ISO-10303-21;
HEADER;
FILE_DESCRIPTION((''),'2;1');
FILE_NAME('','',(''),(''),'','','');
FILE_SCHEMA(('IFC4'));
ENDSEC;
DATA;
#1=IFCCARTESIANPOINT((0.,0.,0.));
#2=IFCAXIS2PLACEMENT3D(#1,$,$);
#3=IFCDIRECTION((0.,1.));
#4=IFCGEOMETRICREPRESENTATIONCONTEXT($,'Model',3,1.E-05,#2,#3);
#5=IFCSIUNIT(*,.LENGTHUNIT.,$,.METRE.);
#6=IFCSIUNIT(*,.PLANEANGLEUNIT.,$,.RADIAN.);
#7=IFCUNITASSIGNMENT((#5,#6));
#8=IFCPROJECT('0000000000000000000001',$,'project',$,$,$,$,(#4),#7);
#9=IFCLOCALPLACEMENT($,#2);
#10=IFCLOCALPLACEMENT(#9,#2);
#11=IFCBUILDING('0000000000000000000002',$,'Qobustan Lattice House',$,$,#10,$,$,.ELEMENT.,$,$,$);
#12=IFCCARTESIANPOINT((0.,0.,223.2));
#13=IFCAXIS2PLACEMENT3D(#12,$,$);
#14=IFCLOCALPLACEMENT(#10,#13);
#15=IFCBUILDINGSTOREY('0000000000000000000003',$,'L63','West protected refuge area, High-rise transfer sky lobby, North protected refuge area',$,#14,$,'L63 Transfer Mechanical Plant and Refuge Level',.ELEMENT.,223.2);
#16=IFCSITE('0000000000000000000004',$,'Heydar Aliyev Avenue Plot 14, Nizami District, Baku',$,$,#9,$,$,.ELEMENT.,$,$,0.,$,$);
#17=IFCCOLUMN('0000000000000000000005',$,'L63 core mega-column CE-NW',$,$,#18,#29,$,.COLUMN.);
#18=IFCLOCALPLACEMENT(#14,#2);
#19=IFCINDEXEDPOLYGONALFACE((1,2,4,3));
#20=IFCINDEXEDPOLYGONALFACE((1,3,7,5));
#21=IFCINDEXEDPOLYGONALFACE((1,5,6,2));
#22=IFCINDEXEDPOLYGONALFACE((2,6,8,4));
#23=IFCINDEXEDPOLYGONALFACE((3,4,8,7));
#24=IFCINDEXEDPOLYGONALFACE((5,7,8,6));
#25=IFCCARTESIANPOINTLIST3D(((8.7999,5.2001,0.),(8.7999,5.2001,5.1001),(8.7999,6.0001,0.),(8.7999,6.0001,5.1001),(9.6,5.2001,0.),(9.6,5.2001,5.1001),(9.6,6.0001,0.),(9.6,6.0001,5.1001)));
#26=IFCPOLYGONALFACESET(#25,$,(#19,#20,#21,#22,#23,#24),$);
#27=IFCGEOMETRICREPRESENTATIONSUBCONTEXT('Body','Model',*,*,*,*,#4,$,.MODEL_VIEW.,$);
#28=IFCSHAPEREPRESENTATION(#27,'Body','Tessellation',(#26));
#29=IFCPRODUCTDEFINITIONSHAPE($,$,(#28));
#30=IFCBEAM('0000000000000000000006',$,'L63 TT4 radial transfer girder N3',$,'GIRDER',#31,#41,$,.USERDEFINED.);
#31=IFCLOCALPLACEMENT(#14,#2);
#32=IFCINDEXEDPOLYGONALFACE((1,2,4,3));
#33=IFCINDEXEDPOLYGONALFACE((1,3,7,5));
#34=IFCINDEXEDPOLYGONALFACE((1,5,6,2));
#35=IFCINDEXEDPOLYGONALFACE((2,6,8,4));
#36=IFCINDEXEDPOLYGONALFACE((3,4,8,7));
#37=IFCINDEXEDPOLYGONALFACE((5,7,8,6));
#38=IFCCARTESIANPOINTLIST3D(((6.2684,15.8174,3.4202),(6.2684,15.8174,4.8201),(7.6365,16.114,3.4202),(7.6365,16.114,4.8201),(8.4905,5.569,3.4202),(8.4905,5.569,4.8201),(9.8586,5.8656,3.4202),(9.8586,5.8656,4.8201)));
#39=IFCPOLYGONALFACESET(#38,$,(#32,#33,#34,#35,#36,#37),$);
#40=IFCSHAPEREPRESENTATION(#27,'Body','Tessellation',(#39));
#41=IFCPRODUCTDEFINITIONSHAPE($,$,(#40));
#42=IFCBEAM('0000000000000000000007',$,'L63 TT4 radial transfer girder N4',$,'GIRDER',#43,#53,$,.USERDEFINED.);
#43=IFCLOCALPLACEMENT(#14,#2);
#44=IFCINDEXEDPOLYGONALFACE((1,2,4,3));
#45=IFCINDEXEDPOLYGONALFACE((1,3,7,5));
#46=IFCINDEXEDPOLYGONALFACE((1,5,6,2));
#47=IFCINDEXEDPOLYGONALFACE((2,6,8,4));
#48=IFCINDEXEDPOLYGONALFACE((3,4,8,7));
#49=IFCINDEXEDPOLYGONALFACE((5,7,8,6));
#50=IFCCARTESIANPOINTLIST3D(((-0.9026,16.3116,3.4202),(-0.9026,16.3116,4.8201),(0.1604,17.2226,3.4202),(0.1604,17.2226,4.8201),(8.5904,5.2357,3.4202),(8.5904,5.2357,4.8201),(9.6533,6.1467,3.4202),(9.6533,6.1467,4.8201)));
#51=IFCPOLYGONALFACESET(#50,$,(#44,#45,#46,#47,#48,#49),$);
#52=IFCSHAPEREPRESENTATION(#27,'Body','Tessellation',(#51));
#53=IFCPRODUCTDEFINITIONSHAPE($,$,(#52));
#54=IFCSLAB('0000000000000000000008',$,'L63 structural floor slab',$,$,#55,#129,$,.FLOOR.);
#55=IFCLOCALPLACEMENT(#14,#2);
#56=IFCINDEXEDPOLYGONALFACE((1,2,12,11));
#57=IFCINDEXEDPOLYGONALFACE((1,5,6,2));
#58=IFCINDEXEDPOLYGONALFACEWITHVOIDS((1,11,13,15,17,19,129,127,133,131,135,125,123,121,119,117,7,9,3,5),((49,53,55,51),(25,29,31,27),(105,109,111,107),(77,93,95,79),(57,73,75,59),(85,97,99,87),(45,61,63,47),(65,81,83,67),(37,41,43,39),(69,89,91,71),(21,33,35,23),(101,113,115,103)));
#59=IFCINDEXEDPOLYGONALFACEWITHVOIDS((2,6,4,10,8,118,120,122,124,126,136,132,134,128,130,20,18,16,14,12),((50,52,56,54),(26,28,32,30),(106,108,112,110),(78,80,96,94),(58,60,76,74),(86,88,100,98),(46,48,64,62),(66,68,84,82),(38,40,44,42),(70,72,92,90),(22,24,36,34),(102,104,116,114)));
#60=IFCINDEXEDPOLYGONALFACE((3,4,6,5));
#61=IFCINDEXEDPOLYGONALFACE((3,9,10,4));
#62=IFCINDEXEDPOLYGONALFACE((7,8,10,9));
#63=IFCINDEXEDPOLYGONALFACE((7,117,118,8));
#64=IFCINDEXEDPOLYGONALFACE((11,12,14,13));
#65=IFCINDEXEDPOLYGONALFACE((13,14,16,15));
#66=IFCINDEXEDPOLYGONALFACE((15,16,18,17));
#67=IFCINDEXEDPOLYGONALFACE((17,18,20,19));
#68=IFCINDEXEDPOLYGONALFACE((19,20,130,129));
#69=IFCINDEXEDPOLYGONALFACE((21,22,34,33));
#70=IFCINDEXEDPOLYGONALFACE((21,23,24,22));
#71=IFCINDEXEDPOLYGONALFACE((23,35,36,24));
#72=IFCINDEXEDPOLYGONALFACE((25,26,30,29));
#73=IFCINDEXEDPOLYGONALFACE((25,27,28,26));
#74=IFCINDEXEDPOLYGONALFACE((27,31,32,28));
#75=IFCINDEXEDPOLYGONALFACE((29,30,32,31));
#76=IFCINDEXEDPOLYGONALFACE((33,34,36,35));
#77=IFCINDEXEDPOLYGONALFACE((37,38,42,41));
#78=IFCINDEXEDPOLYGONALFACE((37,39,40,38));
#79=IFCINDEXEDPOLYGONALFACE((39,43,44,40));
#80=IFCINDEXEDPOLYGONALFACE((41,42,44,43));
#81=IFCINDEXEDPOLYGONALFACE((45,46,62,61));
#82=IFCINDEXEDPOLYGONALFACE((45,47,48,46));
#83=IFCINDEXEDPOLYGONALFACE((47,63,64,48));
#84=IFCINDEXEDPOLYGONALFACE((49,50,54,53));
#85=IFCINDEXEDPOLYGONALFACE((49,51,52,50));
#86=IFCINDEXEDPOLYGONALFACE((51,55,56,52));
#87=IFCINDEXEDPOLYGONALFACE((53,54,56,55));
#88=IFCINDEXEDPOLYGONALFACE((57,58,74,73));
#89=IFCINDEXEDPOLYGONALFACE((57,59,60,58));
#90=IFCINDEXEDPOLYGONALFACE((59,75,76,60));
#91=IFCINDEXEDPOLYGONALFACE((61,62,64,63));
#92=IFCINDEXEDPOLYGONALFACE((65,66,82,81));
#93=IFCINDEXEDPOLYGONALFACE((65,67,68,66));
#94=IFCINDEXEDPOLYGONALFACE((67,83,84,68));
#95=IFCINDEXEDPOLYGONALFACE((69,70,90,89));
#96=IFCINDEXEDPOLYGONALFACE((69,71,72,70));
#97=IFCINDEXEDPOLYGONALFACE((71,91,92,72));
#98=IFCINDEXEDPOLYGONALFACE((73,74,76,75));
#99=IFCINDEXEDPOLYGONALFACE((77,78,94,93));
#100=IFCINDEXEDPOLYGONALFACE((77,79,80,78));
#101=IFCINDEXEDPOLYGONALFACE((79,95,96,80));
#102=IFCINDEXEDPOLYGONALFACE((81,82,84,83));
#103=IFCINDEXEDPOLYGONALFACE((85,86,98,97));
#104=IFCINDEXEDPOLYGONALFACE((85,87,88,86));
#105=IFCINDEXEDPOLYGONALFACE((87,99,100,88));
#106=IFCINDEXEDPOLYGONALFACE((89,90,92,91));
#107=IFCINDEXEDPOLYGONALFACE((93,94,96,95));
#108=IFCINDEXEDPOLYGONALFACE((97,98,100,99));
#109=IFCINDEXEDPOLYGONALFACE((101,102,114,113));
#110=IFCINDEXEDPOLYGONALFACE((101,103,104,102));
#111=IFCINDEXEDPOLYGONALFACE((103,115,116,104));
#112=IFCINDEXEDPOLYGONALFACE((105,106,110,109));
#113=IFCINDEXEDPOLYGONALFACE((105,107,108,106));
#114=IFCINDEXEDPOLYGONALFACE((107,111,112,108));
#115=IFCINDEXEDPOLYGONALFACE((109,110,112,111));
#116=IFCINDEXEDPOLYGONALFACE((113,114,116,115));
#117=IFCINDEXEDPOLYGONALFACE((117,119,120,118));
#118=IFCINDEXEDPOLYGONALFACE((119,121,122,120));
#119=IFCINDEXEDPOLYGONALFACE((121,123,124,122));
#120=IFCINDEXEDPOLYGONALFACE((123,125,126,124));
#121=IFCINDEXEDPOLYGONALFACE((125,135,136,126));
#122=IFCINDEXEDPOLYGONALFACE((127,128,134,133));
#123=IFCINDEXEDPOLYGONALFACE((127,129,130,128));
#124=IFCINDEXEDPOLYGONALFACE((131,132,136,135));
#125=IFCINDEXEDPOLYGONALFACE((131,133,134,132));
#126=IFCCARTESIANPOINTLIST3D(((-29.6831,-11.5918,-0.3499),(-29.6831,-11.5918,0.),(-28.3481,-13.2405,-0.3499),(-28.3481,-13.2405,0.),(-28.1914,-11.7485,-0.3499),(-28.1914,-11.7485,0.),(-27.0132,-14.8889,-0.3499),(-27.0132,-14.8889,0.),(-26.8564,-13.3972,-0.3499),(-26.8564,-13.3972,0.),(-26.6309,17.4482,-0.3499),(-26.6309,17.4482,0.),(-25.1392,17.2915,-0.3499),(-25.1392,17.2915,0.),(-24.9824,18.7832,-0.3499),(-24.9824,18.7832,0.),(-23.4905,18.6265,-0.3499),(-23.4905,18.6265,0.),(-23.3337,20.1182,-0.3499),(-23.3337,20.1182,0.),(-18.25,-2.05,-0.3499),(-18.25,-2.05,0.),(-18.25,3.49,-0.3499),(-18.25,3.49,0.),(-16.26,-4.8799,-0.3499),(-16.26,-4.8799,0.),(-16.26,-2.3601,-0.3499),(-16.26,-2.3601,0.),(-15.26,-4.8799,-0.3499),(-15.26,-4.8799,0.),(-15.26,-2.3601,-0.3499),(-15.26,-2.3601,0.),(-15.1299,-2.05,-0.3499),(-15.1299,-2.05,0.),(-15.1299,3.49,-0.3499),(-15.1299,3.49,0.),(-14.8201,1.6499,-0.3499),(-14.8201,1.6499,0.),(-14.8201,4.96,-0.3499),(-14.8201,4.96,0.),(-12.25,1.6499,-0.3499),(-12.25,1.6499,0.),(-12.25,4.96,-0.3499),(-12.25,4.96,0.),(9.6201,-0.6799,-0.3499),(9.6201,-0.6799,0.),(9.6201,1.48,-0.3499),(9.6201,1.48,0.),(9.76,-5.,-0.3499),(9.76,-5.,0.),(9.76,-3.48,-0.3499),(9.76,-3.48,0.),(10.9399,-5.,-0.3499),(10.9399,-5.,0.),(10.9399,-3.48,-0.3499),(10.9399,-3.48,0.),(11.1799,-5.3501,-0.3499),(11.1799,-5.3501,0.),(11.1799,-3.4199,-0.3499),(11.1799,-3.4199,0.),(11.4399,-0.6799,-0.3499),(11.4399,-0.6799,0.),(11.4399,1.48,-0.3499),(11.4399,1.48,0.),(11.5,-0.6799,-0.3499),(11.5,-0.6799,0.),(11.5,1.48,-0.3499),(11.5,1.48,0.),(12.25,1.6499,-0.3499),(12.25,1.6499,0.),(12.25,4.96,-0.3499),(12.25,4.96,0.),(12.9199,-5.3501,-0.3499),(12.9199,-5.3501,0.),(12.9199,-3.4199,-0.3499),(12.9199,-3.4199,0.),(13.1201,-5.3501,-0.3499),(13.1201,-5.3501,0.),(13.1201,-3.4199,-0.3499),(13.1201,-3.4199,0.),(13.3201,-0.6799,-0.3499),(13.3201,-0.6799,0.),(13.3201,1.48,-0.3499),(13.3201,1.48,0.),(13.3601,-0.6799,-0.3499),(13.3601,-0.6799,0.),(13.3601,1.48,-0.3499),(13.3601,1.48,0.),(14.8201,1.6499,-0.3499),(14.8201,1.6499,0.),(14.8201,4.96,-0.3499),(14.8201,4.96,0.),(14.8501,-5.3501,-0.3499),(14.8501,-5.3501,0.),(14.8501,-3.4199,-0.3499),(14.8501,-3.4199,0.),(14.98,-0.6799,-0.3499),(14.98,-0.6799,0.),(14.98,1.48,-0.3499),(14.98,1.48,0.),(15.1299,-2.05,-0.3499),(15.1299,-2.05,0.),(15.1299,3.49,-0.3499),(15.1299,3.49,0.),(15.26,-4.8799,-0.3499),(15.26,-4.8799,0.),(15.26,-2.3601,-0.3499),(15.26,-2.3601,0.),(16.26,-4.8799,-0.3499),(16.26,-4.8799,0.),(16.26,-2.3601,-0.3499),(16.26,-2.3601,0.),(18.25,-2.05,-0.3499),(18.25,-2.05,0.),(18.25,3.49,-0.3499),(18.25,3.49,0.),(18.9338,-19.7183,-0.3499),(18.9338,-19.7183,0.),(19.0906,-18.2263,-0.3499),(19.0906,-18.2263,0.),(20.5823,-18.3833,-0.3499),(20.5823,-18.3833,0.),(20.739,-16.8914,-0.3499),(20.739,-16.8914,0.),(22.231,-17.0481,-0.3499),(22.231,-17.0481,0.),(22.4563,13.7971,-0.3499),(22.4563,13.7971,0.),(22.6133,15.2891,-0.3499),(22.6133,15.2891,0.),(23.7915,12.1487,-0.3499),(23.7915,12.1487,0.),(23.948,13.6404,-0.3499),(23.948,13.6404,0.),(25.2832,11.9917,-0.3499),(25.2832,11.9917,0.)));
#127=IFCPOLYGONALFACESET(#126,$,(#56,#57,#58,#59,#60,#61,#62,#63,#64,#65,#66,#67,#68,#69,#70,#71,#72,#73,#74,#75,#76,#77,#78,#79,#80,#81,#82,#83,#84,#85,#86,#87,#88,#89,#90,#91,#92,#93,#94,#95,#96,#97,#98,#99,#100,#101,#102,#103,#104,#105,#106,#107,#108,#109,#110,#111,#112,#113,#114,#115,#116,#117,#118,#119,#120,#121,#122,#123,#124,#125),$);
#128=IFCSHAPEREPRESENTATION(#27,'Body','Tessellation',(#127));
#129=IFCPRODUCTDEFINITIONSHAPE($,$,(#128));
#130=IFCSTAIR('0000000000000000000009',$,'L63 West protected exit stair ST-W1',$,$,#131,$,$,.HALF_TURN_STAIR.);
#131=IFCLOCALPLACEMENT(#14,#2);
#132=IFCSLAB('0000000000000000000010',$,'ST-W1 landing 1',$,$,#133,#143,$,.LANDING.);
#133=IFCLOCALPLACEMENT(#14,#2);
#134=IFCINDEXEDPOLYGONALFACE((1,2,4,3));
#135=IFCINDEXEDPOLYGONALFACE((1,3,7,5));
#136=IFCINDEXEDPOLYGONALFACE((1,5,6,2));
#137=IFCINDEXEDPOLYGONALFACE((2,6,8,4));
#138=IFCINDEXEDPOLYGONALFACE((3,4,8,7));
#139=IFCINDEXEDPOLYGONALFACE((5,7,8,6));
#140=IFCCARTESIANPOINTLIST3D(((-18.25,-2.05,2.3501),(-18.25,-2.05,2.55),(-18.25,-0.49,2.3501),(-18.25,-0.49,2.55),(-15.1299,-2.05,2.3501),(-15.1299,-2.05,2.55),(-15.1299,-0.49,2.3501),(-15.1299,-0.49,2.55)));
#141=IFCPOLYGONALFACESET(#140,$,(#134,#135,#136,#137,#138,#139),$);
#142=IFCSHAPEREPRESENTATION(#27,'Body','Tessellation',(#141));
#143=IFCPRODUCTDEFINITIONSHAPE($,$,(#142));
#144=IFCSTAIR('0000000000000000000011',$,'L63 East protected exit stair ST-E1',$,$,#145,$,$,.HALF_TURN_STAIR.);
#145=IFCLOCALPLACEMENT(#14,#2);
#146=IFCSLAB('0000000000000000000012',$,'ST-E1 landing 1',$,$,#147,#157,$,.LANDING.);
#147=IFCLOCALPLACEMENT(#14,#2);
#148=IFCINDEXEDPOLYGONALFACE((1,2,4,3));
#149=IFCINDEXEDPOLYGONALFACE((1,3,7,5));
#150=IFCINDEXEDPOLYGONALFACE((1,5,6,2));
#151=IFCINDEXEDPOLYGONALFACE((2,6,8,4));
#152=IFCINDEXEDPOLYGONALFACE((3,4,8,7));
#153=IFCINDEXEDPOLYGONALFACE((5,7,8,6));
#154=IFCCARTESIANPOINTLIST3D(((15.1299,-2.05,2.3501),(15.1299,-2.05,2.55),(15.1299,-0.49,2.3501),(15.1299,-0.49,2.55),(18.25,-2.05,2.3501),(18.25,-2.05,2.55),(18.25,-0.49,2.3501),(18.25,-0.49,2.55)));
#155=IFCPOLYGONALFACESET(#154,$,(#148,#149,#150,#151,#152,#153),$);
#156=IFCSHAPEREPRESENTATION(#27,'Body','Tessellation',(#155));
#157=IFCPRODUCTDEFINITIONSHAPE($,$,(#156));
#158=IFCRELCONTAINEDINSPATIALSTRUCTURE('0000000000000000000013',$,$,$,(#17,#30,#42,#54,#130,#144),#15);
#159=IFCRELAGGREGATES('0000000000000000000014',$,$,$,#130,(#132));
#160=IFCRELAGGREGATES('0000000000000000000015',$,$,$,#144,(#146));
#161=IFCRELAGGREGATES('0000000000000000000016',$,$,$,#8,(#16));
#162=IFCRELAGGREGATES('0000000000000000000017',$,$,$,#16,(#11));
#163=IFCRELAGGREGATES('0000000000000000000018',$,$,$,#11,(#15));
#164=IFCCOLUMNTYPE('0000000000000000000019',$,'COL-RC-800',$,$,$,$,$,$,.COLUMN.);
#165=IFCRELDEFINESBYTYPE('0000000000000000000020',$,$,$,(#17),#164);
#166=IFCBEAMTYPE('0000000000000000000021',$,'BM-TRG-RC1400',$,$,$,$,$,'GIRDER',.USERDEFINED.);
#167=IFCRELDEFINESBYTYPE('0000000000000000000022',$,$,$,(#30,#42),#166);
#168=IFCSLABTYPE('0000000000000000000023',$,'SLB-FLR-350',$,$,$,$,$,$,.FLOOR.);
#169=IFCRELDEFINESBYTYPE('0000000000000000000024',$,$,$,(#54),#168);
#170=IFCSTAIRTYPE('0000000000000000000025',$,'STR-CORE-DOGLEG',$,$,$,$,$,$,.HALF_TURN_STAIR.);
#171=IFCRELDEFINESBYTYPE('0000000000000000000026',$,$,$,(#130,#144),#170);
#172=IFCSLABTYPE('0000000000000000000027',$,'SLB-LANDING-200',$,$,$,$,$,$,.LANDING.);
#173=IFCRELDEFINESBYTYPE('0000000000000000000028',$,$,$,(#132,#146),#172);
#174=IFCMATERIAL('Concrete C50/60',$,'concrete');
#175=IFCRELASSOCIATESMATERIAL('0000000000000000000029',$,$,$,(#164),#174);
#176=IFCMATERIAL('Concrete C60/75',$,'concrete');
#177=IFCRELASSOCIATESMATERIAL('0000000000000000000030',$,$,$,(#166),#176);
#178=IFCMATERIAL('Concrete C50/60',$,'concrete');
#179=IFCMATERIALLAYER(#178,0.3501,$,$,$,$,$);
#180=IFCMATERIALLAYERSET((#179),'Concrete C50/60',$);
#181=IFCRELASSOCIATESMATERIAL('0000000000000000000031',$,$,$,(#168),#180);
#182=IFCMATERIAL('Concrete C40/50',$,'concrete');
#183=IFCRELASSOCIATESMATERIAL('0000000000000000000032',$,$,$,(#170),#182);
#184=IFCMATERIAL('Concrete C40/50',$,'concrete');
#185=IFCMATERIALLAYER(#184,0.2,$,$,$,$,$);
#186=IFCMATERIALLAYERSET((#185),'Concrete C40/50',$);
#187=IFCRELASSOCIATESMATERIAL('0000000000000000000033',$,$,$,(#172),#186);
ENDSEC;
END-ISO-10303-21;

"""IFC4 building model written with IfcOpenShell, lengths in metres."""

from ifc_helpers import new_model, si_unit, direction, frame, origin, origin_2d, place, context, subcontext, project, spatial, polyline, rectangle, outline, extrude, material, layer, layer_set, material_profile, profile_set, type_object, element, aggregate, save


model = new_model("IFC4")

# Units and contexts
model_context = context("Model", 3, precision=1e-05, world=origin(), true_north=direction((0.0, 1.0)))
body_context = subcontext(model_context, "Body", "Model", "MODEL_VIEW")
ifc_project = project(units=[si_unit("LENGTHUNIT", "METRE"), si_unit("PLANEANGLEUNIT", "RADIAN")], contexts=[model_context])

# Site, building, storey
site_placement = place(None, origin())
site = spatial("IfcSite", under=ifc_project, at=site_placement, Name="Heydar Aliyev Avenue Plot 14, Nizami District, Baku", CompositionType="ELEMENT", RefElevation=0.0)
building_placement = place(site_placement, origin())
building = spatial("IfcBuilding", under=site, at=building_placement, Name="Qobustan Lattice House", CompositionType="ELEMENT")
storey_placement = place(building_placement, frame((0.0, 0.0, 223.2)))
storey = spatial("IfcBuildingStorey", under=building, at=storey_placement, Name="L63", Description="West protected refuge area, High-rise transfer sky lobby, North protected refuge area", LongName="L63 Transfer Mechanical Plant and Refuge Level", CompositionType="ELEMENT", Elevation=223.2)

# Column
ifc_material_1 = material(Name="Concrete C50/60", Category="concrete")
ifc_material_profile_1 = material_profile(ifc_material_1, rectangle(XDim=0.8, YDim=0.8, at=origin_2d()), Name="RC800x800")
ifc_profile_set_1 = profile_set([ifc_material_profile_1], Name="Concrete C50/60")
column_type = type_object("IfcColumnType", Name="COL-RC-800", PredefinedType="COLUMN", material=ifc_profile_set_1)
column_placement = place(storey_placement, frame((9.2, 5.6001, 0.0), z_axis=(0.0, 0.0, 1.0), x_axis=(1.0, 0.0, 0.0)))
element("IfcColumn", 1, at=column_placement, inside=storey, type_object=column_type, Name="L63 core mega-column CE-NW", PredefinedType="COLUMN", context=body_context, shape_type="SweptSolid", body=[
    extrude(rectangle(XDim=0.8, YDim=0.8, at=origin_2d()), origin(), (0.0, 0.0, 1.0), 5.1001),
])

# Beams
ifc_material_2 = material(Name="Concrete C60/75", Category="concrete")
ifc_material_profile_2 = material_profile(ifc_material_2, rectangle(XDim=1.3999, YDim=1.3999, at=origin_2d()), Name="RC1400x1400")
ifc_profile_set_2 = profile_set([ifc_material_profile_2], Name="Concrete C60/75")
beam_type = type_object("IfcBeamType", Name="BM-TRG-RC1400", ElementType="GIRDER", PredefinedType="USERDEFINED", material=ifc_profile_set_2)
beam_1_placement = place(storey_placement, frame((9.1746, 5.7173, 4.1201), z_axis=(-0.211904, 0.977291, 0.0), x_axis=(-0.977291, -0.211904, 0.0)))
element("IfcBeam", 2, at=beam_1_placement, inside=storey, type_object=beam_type, Name="L63 TT4 radial transfer girder N3", ObjectType="GIRDER", PredefinedType="USERDEFINED", context=body_context, shape_type="SweptSolid", body=[
    extrude(rectangle(XDim=1.3999, YDim=1.3999, at=origin_2d()), origin(), (0.0, 0.0, 1.0), 10.4866),
])
beam_2_placement = place(storey_placement, frame((9.1218, 5.6912, 4.1201), z_axis=(-0.650762, 0.759281, 0.0), x_axis=(-0.759281, -0.650762, 0.0)))
element("IfcBeam", 3, at=beam_2_placement, inside=storey, type_object=beam_type, Name="L63 TT4 radial transfer girder N4", ObjectType="GIRDER", PredefinedType="USERDEFINED", context=body_context, shape_type="SweptSolid", body=[
    extrude(rectangle(XDim=1.3999, YDim=1.3999, at=origin_2d()), origin(), (0.0, 0.0, 1.0), 14.5874),
])

# Slab
ifc_material_3 = material(Name="Concrete C50/60", Category="concrete")
ifc_layer_1 = layer(ifc_material_3, 0.3501)
ifc_layer_set_1 = layer_set([ifc_layer_1], Name="Concrete C50/60")
slab_type_1 = type_object("IfcSlabType", Name="SLB-FLR-350", PredefinedType="FLOOR", material=ifc_layer_set_1)
slab_1_placement = place(storey_placement, frame((0.0, 0.0, -0.3499)))
element("IfcSlab", 4, at=slab_1_placement, inside=storey, type_object=slab_type_1, Name="L63 structural floor slab", PredefinedType="FLOOR", context=body_context, shape_type="SweptSolid", body=[
    extrude(outline(polyline([(-27.0132, -14.8889), (18.9338, -19.7183), (19.0906, -18.2263), (20.5823, -18.3833), (20.739, -16.8914), (22.231, -17.0481), (25.2832, 11.9917), (23.7915, 12.1487), (23.948, 13.6404), (22.4563, 13.7971), (22.6133, 15.2891), (-23.3337, 20.1182), (-23.4905, 18.6265), (-24.9824, 18.7832), (-25.1392, 17.2915), (-26.6309, 17.4482), (-29.6831, -11.5918), (-28.1914, -11.7485), (-28.3481, -13.2405), (-26.8564, -13.3972), (-27.0132, -14.8889)]), holes=[polyline([(-18.25, -2.05), (-18.25, 3.49), (-15.1299, 3.49), (-15.1299, -2.05), (-18.25, -2.05)]), polyline([(15.1299, -2.05), (15.1299, 3.49), (18.25, 3.49), (18.25, -2.05), (15.1299, -2.05)]), polyline([(-14.8201, 1.6499), (-14.8201, 4.96), (-12.25, 4.96), (-12.25, 1.6499), (-14.8201, 1.6499)]), polyline([(12.25, 1.6499), (12.25, 4.96), (14.8201, 4.96), (14.8201, 1.6499), (12.25, 1.6499)]), polyline([(-16.26, -4.8799), (-16.26, -2.3601), (-15.26, -2.3601), (-15.26, -4.8799), (-16.26, -4.8799)]), polyline([(15.26, -4.8799), (15.26, -2.3601), (16.26, -2.3601), (16.26, -4.8799), (15.26, -4.8799)]), polyline([(11.1799, -5.3501), (11.1799, -3.4199), (12.9199, -3.4199), (12.9199, -5.3501), (11.1799, -5.3501)]), polyline([(13.1201, -5.3501), (13.1201, -3.4199), (14.8501, -3.4199), (14.8501, -5.3501), (13.1201, -5.3501)]), polyline([(9.76, -5.0), (9.76, -3.48), (10.9399, -3.48), (10.9399, -5.0), (9.76, -5.0)]), polyline([(13.3601, -0.6799), (13.3601, 1.48), (14.98, 1.48), (14.98, -0.6799), (13.3601, -0.6799)]), polyline([(9.6201, -0.6799), (9.6201, 1.48), (11.4399, 1.48), (11.4399, -0.6799), (9.6201, -0.6799)]), polyline([(11.5, -0.6799), (11.5, 1.48), (13.3201, 1.48), (13.3201, -0.6799), (11.5, -0.6799)])]), origin(), (0.0, 0.0, 1.0), 0.3499),
])

# Stairs, slabs
ifc_material_4 = material(Name="Concrete C40/50", Category="concrete")
stair_type = type_object("IfcStairType", Name="STR-CORE-DOGLEG", PredefinedType="HALF_TURN_STAIR", material=ifc_material_4)
stair_1_placement = place(storey_placement, origin())
stair_1 = element("IfcStair", 5, at=stair_1_placement, inside=storey, type_object=stair_type, Name="L63 West protected exit stair ST-W1", PredefinedType="HALF_TURN_STAIR")
ifc_material_5 = material(Name="Concrete C40/50", Category="concrete")
ifc_layer_2 = layer(ifc_material_5, 0.2)
ifc_layer_set_2 = layer_set([ifc_layer_2], Name="Concrete C40/50")
slab_type_2 = type_object("IfcSlabType", Name="SLB-LANDING-200", PredefinedType="LANDING", material=ifc_layer_set_2)
slab_2_placement = place(storey_placement, frame((0.0, 0.0, 2.3501)))
slab_2 = element("IfcSlab", 6, at=slab_2_placement, type_object=slab_type_2, Name="ST-W1 landing 1", PredefinedType="LANDING", context=body_context, shape_type="SweptSolid", body=[
    extrude(outline(polyline([(-18.25, -0.49), (-18.25, -2.05), (-15.1299, -2.05), (-15.1299, -0.49), (-18.25, -0.49)])), origin(), (0.0, 0.0, 1.0), 0.2),
])
aggregate(stair_1, [slab_2])
stair_2_placement = place(storey_placement, origin())
stair_2 = element("IfcStair", 7, at=stair_2_placement, inside=storey, type_object=stair_type, Name="L63 East protected exit stair ST-E1", PredefinedType="HALF_TURN_STAIR")
slab_3_placement = place(storey_placement, frame((0.0, 0.0, 2.3501)))
slab_3 = element("IfcSlab", 8, at=slab_3_placement, type_object=slab_type_2, Name="ST-E1 landing 1", PredefinedType="LANDING", context=body_context, shape_type="SweptSolid", body=[
    extrude(outline(polyline([(15.1299, -0.49), (15.1299, -2.05), (18.25, -2.05), (18.25, -0.49), (15.1299, -0.49)])), origin(), (0.0, 0.0, 1.0), 0.2),
])
aggregate(stair_2, [slab_3])

save(model, "model.ifc")
